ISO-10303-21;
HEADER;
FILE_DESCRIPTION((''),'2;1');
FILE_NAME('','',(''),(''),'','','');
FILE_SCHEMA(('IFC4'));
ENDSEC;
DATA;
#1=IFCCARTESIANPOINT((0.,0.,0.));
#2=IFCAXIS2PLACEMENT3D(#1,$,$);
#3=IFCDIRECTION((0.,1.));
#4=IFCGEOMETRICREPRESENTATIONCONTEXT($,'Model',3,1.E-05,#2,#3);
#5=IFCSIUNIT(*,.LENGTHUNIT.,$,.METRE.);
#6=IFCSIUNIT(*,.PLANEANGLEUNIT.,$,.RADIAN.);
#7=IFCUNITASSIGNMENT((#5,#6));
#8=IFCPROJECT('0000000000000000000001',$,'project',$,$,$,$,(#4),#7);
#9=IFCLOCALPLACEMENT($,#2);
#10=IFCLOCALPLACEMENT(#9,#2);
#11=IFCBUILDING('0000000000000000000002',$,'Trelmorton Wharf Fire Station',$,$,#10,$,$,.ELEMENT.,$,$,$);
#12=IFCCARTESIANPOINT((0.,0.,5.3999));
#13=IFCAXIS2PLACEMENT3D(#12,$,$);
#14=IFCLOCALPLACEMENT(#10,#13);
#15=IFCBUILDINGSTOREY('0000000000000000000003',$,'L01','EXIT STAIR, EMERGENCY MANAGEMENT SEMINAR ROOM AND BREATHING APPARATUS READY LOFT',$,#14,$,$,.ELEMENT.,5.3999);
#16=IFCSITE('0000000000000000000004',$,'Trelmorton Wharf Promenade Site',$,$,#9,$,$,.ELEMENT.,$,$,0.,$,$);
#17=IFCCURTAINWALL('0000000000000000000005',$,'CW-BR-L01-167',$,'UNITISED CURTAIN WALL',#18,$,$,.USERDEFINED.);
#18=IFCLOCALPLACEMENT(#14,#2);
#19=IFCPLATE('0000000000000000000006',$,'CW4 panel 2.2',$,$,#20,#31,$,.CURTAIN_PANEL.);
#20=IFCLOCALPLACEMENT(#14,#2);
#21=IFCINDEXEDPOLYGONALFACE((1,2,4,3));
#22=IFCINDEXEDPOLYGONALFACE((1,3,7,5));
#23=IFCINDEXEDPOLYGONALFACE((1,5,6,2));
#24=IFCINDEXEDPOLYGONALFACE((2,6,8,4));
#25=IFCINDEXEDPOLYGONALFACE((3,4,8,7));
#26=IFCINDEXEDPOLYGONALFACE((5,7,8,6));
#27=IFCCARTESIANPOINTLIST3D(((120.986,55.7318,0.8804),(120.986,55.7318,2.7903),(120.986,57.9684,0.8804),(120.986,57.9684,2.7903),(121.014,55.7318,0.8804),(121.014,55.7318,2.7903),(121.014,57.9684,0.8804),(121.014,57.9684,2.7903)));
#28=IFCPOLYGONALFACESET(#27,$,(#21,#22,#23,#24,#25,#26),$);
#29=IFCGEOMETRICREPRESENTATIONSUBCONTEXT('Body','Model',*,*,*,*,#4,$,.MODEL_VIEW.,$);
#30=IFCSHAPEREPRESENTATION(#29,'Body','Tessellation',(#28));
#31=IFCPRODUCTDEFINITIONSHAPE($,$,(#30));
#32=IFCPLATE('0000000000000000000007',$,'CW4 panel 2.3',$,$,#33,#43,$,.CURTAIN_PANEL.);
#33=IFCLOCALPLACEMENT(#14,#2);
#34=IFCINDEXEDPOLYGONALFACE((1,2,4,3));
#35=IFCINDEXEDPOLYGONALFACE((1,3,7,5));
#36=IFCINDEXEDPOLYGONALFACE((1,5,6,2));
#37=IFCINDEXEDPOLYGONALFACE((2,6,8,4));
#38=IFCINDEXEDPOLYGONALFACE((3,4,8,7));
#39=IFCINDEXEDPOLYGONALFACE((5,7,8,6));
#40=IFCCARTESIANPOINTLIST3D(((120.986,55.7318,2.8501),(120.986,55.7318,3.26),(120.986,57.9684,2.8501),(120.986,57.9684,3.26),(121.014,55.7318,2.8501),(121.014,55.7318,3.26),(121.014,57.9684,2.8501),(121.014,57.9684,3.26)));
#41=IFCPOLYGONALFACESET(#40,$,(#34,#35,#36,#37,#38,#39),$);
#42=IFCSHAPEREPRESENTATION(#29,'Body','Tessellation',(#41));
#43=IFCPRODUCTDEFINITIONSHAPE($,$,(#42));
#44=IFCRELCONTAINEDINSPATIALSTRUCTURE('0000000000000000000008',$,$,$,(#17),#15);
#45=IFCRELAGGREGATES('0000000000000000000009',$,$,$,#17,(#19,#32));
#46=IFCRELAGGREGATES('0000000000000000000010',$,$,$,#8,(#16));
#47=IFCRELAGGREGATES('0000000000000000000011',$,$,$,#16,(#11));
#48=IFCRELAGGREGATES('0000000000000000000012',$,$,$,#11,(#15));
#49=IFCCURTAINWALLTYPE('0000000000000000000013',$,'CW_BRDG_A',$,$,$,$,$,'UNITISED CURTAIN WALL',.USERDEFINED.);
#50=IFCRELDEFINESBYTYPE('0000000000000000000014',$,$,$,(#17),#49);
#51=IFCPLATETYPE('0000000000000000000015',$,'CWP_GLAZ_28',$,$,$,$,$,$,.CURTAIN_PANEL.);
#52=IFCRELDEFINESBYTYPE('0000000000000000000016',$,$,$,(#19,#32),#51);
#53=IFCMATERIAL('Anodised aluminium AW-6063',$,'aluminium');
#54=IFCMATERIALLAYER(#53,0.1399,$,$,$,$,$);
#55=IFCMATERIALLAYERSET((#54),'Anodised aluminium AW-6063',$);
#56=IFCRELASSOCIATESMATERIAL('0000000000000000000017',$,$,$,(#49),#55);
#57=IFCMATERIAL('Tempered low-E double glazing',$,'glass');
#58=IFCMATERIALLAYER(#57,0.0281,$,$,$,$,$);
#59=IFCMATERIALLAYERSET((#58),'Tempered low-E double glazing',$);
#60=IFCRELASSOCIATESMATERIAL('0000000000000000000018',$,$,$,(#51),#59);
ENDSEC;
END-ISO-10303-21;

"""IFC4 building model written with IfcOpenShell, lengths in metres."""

from ifc_helpers import new_model, si_unit, direction, frame, origin, origin_2d, place, context, subcontext, project, spatial, rectangle, extrude, material, layer, layer_set, type_object, element, aggregate, save


model = new_model("IFC4")

# Units and contexts
model_context = context("Model", 3, precision=1e-05, world=origin(), true_north=direction((0.0, 1.0)))
body_context = subcontext(model_context, "Body", "Model", "MODEL_VIEW")
ifc_project = project(units=[si_unit("LENGTHUNIT", "METRE"), si_unit("PLANEANGLEUNIT", "RADIAN")], contexts=[model_context])

# Site, building, storey
site_placement = place(None, origin())
site = spatial("IfcSite", under=ifc_project, at=site_placement, Name="Trelmorton Wharf Promenade Site", CompositionType="ELEMENT", RefElevation=0.0)
building_placement = place(site_placement, origin())
building = spatial("IfcBuilding", under=site, at=building_placement, Name="Trelmorton Wharf Fire Station", CompositionType="ELEMENT")
storey_placement = place(building_placement, frame((0.0, 0.0, 5.3999)))
storey = spatial("IfcBuildingStorey", under=building, at=storey_placement, Name="L01", Description="EXIT STAIR, EMERGENCY MANAGEMENT SEMINAR ROOM AND BREATHING APPARATUS READY LOFT", CompositionType="ELEMENT", Elevation=5.3999)

# Curtain wall
ifc_material_1 = material(Name="Anodised aluminium AW-6063", Category="aluminium")
ifc_layer_1 = layer(ifc_material_1, 0.1399)
ifc_layer_set_1 = layer_set([ifc_layer_1], Name="Anodised aluminium AW-6063")
curtain_wall_type = type_object("IfcCurtainWallType", Name="CW_BRDG_A", ElementType="UNITISED CURTAIN WALL", PredefinedType="USERDEFINED", material=ifc_layer_set_1)
curtain_wall_1_placement = place(storey_placement, origin())
curtain_wall_1 = element("IfcCurtainWall", 1, at=curtain_wall_1_placement, inside=storey, type_object=curtain_wall_type, Name="CW-BR-L01-167", ObjectType="UNITISED CURTAIN WALL", PredefinedType="USERDEFINED")

# Plates
ifc_material_2 = material(Name="Tempered low-E double glazing", Category="glass")
ifc_layer_2 = layer(ifc_material_2, 0.0281)
ifc_layer_set_2 = layer_set([ifc_layer_2], Name="Tempered low-E double glazing")
plate_type = type_object("IfcPlateType", Name="CWP_GLAZ_28", PredefinedType="CURTAIN_PANEL", material=ifc_layer_set_2)
plate_1_placement = place(storey_placement, frame((121.0, 56.8501, 0.8804), z_axis=(0.0, 0.0, 1.0), x_axis=(0.0, -1.0, 0.0)))
plate_1 = element("IfcPlate", 2, at=plate_1_placement, type_object=plate_type, Name="CW4 panel 2.2", PredefinedType="CURTAIN_PANEL", context=body_context, shape_type="SweptSolid", body=[
    extrude(rectangle(XDim=2.2366, YDim=0.0281, at=origin_2d()), origin(), (0.0, 0.0, 1.0), 1.9099),
])
plate_2_placement = place(storey_placement, frame((121.0, 56.8501, 2.8501), z_axis=(0.0, 0.0, 1.0), x_axis=(0.0, -1.0, 0.0)))
plate_2 = element("IfcPlate", 3, at=plate_2_placement, type_object=plate_type, Name="CW4 panel 2.3", PredefinedType="CURTAIN_PANEL", context=body_context, shape_type="SweptSolid", body=[
    extrude(rectangle(XDim=2.2366, YDim=0.0281, at=origin_2d()), origin(), (0.0, 0.0, 1.0), 0.4099),
])
aggregate(curtain_wall_1, [plate_1, plate_2])

save(model, "model.ifc")
